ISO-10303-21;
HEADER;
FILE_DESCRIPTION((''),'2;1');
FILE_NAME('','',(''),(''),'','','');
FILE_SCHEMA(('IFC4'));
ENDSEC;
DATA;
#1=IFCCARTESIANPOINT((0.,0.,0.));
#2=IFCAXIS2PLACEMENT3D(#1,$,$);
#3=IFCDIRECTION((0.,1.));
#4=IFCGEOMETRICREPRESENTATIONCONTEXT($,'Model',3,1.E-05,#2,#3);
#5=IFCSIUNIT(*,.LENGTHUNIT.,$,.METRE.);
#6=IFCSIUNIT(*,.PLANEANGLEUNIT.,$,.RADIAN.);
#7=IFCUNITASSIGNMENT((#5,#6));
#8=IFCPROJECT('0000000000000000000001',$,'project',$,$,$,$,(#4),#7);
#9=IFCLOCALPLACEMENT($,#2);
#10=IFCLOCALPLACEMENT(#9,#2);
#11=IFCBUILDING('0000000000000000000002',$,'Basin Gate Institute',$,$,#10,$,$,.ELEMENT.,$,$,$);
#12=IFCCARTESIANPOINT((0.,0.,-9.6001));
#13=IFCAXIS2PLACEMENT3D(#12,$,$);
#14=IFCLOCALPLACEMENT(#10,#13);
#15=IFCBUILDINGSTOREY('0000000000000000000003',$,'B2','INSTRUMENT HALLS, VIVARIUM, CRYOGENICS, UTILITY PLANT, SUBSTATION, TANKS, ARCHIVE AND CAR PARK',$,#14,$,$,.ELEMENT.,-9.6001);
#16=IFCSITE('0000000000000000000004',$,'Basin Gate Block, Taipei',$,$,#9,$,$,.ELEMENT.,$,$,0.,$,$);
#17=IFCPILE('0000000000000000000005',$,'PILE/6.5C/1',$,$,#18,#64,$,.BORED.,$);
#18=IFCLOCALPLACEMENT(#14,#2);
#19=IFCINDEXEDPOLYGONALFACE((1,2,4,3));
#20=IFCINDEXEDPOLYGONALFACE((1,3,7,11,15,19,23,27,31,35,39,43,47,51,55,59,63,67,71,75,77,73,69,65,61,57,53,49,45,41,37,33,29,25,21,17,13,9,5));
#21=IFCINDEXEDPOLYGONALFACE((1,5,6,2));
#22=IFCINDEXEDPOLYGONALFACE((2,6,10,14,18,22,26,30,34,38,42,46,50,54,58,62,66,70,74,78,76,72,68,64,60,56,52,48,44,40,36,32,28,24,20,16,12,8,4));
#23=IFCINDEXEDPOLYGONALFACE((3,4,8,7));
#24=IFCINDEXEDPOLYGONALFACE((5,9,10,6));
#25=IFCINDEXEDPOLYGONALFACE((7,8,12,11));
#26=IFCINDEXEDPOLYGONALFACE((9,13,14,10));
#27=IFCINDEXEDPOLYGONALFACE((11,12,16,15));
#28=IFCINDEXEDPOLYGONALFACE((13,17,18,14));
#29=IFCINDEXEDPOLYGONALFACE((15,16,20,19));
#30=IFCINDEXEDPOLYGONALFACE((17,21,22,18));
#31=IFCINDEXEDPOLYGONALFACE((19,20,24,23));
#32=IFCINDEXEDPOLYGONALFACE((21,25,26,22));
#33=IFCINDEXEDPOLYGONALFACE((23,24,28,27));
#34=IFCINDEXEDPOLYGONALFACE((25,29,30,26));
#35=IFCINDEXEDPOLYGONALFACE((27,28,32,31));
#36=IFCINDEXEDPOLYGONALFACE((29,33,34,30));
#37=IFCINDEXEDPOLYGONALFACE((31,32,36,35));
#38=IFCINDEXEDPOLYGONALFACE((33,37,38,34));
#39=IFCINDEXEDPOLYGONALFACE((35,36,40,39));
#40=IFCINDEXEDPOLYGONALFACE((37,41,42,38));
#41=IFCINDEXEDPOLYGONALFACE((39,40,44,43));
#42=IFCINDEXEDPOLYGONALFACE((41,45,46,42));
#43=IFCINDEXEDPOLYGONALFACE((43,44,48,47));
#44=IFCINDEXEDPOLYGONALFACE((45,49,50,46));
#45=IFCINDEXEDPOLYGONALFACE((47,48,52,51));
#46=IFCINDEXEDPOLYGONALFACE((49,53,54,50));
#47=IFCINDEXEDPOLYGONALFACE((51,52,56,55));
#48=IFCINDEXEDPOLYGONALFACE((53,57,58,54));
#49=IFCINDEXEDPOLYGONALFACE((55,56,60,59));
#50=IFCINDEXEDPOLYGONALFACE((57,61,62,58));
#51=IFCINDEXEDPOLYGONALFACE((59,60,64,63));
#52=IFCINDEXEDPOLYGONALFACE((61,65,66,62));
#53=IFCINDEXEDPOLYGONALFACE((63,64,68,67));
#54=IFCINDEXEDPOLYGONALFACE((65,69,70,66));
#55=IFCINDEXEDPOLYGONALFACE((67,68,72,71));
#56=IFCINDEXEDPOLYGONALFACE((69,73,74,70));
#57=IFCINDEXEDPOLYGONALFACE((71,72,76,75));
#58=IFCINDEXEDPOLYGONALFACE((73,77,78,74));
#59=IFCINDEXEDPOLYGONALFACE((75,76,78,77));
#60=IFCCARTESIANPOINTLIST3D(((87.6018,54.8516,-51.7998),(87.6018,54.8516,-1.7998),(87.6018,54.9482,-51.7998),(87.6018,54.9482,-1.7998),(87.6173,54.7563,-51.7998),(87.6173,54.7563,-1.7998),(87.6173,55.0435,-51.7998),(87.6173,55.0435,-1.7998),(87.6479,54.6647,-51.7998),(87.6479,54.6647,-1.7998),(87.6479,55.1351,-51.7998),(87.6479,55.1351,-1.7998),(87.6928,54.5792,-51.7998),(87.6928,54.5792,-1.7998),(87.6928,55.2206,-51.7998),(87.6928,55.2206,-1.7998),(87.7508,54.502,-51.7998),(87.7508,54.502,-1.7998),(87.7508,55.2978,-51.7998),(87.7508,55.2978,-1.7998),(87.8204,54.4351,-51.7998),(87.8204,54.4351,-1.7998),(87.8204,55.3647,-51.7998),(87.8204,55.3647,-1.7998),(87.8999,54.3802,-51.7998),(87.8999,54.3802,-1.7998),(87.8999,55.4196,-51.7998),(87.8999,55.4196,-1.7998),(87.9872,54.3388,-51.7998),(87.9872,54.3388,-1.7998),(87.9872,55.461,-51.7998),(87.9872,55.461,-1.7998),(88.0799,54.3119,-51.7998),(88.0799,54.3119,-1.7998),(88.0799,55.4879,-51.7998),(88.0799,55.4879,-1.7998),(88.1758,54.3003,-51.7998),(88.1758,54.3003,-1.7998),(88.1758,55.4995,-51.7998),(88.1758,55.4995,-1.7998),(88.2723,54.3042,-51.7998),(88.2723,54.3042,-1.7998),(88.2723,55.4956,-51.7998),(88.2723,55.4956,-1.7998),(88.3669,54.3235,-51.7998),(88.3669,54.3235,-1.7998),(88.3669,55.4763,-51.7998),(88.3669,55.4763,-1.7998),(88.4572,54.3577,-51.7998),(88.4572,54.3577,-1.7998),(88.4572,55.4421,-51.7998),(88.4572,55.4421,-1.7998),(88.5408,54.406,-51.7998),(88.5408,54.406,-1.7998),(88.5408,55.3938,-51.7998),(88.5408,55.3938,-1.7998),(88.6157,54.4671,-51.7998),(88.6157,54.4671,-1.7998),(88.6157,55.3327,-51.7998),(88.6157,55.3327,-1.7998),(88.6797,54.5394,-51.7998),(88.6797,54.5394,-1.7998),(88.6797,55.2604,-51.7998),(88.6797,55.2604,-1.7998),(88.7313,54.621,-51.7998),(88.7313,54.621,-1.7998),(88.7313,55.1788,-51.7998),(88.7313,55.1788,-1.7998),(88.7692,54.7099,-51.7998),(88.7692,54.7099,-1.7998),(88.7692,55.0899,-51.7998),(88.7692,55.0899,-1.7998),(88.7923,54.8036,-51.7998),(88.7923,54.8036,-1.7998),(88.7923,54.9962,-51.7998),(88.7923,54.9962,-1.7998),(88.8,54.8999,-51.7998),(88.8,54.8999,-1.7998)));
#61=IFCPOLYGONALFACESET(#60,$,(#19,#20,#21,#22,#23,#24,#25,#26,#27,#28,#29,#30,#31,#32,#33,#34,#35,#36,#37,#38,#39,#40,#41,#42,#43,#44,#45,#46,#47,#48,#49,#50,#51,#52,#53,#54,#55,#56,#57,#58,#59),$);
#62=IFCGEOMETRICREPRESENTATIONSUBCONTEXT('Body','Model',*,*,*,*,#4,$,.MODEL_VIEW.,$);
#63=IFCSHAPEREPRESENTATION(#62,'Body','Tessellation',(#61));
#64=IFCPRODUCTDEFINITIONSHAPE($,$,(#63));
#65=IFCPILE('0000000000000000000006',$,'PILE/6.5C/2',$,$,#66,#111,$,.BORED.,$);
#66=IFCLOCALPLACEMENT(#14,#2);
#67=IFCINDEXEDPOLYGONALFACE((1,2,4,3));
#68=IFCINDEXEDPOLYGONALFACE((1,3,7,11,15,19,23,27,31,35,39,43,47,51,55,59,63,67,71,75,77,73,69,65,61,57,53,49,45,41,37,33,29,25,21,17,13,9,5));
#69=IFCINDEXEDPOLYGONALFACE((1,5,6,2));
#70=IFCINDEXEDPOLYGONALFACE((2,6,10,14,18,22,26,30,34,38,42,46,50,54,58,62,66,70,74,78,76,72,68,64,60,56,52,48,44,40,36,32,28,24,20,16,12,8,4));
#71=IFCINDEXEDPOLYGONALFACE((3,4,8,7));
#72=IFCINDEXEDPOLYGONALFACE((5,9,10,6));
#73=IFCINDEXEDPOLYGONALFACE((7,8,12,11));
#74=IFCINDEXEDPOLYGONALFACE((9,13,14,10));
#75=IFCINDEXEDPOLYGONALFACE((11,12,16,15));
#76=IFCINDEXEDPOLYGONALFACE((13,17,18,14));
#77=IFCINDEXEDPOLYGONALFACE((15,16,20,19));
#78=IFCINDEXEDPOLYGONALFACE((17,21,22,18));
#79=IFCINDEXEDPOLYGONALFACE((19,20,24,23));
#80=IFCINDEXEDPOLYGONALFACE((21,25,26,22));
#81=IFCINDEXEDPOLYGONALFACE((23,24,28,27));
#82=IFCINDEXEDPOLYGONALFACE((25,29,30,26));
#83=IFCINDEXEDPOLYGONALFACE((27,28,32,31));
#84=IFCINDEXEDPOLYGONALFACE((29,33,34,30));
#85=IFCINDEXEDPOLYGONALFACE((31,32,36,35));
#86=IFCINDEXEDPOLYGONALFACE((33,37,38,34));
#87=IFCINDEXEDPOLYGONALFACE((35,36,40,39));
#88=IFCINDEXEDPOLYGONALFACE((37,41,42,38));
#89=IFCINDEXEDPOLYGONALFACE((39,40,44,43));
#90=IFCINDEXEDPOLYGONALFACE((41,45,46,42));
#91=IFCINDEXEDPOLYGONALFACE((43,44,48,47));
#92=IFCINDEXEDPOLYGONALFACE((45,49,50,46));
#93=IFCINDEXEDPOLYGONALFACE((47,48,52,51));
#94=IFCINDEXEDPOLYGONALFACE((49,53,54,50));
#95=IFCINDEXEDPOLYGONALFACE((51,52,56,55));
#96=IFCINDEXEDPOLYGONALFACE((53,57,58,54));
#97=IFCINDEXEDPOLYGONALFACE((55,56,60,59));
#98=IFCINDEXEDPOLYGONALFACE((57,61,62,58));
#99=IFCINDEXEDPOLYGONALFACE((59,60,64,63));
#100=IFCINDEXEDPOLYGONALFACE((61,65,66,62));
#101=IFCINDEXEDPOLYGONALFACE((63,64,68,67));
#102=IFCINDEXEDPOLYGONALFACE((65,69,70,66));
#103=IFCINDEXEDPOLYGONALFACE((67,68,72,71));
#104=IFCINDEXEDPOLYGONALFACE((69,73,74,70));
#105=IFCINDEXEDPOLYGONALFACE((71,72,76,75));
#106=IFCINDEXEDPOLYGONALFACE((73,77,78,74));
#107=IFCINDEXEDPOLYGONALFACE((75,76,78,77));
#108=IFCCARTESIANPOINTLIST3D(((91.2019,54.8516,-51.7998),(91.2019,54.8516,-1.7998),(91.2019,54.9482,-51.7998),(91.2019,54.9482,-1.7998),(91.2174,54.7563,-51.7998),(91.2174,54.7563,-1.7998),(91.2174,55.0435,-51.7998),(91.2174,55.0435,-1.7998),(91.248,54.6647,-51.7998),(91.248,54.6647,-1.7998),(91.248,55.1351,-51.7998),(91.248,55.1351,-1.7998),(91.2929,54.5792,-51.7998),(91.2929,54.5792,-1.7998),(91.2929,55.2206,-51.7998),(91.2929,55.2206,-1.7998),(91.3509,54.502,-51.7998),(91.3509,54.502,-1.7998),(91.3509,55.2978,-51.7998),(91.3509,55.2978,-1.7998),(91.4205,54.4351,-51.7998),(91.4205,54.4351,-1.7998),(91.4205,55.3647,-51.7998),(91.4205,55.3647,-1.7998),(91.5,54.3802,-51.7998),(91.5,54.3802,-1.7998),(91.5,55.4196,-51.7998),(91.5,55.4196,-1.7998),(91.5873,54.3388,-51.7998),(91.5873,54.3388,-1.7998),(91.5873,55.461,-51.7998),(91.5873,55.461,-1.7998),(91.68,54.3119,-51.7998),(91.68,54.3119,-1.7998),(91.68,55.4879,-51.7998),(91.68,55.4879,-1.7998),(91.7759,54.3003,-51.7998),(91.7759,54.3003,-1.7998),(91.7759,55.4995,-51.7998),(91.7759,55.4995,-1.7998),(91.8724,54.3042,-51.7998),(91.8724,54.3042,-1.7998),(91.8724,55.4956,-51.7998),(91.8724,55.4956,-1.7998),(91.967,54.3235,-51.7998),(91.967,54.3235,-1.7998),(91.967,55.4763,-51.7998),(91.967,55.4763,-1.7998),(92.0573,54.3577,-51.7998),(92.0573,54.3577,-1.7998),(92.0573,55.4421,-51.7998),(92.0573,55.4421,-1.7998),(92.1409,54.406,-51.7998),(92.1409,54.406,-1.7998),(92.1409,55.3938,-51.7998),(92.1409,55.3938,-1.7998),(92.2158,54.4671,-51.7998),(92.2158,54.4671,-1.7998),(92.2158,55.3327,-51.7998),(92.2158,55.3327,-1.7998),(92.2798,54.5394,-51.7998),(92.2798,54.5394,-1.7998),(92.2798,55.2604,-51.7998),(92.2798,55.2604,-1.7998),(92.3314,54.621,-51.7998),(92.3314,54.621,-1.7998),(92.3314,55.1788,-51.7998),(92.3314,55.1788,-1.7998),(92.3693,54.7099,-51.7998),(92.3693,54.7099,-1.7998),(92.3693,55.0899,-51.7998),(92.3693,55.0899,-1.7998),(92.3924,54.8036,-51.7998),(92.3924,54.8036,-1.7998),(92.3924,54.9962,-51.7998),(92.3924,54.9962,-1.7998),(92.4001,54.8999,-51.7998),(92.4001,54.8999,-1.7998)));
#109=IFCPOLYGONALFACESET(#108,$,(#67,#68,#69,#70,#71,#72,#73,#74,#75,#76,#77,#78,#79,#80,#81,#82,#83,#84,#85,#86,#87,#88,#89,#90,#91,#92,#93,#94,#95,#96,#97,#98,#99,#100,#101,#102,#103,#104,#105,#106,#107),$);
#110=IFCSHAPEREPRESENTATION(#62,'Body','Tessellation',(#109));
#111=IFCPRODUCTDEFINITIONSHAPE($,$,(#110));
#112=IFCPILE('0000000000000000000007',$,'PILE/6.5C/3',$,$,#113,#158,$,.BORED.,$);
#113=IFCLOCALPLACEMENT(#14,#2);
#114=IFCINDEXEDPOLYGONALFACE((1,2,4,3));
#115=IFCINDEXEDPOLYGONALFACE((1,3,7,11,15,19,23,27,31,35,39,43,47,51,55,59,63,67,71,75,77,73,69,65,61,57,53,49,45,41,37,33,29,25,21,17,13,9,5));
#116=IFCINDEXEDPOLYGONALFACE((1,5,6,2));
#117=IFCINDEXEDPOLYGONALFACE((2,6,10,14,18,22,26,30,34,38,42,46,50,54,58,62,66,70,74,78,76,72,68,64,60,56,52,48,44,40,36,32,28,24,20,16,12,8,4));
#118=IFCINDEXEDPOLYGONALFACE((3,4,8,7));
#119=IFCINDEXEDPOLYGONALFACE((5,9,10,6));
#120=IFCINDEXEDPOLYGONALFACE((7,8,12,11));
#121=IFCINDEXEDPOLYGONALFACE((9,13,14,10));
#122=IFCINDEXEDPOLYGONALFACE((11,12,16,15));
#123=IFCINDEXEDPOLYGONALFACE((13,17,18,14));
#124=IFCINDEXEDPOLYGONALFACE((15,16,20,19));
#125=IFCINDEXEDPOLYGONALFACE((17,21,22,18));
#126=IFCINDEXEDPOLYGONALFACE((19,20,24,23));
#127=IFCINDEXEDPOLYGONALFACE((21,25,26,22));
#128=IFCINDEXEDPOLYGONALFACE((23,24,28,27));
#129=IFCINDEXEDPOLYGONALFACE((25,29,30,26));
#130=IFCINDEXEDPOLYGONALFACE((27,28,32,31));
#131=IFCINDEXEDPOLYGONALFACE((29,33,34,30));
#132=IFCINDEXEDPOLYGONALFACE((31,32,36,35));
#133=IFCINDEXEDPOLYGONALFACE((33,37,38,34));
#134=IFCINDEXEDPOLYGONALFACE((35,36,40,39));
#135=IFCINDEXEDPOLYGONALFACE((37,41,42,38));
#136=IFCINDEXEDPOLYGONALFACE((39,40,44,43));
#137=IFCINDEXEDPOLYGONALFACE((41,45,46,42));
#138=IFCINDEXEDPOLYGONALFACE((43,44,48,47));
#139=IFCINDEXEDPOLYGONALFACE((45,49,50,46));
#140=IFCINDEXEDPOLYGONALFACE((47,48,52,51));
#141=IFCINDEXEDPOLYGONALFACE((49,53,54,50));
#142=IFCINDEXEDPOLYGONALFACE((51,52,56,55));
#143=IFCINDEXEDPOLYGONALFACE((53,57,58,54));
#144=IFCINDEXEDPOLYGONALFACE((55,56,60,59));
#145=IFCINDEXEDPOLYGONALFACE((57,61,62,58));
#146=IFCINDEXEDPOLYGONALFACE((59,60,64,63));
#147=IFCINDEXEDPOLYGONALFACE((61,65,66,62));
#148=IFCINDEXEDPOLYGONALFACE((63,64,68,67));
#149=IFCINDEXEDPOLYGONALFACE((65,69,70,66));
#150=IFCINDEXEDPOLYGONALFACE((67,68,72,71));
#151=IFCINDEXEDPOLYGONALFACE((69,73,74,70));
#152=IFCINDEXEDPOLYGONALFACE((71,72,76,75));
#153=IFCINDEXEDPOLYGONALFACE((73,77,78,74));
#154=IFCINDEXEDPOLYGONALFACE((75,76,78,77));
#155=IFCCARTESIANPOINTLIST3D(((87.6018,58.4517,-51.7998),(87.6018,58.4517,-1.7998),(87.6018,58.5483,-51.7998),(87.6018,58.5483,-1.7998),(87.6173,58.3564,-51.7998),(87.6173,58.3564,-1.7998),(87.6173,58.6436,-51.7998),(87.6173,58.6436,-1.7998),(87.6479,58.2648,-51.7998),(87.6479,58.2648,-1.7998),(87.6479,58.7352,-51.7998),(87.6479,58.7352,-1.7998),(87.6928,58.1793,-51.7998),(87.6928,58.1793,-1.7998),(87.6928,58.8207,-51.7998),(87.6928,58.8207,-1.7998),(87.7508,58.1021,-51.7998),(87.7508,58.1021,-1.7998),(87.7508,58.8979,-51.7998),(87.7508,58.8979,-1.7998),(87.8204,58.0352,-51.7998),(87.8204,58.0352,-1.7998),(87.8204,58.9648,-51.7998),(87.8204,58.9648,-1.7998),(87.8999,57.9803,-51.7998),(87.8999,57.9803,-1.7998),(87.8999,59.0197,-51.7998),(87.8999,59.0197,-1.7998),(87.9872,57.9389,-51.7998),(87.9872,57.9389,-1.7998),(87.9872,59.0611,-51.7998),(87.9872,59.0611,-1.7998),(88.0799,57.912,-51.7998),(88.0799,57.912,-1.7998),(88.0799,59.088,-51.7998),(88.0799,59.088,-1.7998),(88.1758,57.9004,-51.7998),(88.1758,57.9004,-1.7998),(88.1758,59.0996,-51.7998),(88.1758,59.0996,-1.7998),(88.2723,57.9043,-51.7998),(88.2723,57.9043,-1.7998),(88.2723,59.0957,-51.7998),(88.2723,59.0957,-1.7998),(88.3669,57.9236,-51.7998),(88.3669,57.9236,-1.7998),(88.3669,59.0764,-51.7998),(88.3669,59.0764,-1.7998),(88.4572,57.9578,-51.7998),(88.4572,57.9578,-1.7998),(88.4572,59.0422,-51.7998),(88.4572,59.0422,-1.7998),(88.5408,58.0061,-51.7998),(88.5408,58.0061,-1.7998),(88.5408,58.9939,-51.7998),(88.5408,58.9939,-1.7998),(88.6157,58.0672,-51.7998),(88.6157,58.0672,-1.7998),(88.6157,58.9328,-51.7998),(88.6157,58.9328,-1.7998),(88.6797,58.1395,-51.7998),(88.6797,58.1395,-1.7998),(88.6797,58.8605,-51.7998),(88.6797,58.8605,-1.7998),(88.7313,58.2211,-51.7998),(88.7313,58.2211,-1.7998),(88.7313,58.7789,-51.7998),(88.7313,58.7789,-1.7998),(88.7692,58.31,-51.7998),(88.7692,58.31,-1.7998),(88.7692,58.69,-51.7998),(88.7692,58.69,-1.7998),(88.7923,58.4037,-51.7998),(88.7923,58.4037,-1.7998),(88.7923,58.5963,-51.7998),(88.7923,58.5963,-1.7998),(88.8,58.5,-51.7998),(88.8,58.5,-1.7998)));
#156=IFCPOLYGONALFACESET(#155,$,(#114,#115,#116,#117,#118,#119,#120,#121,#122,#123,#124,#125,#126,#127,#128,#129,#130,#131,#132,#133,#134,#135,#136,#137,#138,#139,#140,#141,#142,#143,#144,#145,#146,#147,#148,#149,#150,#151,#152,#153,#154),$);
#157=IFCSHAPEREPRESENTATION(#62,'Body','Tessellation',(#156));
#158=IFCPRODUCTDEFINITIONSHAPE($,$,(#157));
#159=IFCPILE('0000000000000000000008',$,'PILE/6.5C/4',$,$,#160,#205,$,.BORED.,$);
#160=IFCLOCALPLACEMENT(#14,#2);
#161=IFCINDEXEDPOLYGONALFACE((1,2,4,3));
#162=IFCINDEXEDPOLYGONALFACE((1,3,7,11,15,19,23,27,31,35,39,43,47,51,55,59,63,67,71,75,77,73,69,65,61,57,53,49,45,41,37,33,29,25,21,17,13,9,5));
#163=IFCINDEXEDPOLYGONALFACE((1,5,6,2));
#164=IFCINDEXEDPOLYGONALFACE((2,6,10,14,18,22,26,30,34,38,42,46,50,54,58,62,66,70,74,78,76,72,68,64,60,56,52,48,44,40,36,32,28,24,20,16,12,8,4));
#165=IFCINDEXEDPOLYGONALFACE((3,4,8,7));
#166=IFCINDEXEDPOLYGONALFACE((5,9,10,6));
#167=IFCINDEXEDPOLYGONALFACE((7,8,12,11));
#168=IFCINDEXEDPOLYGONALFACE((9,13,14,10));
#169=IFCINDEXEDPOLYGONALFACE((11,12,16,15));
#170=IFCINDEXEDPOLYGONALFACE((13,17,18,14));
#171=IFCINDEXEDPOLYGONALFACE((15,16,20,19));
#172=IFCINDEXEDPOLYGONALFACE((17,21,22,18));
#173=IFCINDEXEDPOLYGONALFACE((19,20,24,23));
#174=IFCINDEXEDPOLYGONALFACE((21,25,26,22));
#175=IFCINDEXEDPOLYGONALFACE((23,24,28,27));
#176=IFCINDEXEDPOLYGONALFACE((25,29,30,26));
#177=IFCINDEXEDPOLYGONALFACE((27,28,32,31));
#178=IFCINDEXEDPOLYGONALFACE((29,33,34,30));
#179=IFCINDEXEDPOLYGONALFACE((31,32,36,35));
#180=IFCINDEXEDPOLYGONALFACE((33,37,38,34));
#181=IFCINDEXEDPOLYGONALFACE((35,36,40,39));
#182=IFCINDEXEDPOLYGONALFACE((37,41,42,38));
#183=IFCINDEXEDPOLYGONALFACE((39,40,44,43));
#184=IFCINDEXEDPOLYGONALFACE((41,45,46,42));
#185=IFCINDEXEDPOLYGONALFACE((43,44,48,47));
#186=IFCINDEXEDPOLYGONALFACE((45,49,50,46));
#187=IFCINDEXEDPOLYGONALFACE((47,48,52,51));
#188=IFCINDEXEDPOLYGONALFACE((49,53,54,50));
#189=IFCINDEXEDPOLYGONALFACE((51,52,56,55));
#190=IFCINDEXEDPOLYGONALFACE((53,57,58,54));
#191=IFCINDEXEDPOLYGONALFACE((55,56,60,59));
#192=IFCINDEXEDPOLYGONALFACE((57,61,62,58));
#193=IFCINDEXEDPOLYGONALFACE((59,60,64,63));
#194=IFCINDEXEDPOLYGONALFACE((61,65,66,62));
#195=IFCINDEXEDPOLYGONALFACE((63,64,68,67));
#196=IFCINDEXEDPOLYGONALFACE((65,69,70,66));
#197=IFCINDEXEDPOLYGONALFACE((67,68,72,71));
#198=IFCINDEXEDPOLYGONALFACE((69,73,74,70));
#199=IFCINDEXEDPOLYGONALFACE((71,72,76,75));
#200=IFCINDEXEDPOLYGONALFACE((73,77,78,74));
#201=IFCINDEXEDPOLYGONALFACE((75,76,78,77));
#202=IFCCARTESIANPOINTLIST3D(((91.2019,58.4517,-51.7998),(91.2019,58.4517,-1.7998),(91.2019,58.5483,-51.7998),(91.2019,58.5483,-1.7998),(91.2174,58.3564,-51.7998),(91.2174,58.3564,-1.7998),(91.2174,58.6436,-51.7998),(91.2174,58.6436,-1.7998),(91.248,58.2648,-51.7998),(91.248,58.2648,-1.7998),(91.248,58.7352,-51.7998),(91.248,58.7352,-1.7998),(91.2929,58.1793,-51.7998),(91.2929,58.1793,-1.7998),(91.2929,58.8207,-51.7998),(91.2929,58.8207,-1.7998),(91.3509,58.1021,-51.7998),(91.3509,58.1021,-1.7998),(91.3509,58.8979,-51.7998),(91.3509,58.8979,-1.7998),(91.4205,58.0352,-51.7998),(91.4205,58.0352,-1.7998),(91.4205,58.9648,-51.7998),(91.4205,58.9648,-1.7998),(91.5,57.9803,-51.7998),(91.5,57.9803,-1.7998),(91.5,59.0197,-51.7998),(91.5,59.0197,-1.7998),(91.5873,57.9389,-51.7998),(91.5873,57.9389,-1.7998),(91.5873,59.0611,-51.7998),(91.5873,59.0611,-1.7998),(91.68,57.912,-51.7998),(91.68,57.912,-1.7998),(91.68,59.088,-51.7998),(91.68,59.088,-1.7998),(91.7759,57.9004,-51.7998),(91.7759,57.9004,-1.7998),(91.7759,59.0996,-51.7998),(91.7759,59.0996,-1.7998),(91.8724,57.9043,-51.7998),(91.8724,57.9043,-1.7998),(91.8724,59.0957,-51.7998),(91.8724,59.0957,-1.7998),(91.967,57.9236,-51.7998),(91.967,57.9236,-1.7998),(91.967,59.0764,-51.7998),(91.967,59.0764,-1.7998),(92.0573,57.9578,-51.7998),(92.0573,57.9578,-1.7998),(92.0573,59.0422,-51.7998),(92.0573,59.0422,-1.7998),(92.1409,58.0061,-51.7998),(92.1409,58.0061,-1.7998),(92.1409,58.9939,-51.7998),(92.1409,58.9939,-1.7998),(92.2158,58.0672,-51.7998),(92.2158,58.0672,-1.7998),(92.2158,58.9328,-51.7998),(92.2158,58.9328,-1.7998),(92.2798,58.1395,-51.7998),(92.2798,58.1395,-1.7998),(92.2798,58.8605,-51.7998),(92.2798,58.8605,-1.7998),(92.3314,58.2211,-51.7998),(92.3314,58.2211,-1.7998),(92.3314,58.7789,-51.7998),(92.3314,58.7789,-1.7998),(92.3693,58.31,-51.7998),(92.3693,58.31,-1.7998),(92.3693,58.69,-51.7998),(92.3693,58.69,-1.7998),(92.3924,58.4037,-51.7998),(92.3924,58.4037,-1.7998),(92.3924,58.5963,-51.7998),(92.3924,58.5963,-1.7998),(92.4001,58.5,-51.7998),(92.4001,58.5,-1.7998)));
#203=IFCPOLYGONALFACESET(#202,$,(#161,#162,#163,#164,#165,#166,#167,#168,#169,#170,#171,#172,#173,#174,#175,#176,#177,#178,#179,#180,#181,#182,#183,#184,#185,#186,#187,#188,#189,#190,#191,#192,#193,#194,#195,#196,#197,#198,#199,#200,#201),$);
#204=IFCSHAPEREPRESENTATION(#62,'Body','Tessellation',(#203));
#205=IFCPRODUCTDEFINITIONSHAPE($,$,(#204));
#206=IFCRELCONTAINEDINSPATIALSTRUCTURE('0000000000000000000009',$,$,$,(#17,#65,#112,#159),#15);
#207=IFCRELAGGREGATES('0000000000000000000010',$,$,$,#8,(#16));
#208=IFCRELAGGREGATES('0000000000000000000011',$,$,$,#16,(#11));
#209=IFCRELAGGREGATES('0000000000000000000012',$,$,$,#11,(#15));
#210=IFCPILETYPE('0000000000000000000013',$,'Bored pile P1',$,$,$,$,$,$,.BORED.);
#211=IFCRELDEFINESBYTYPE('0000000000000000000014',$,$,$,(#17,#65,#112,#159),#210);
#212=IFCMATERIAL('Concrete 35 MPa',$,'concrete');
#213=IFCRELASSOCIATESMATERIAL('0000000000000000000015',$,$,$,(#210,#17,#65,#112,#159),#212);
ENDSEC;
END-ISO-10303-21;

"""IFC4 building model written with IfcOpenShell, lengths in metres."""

from ifc_helpers import new_model, si_unit, direction, frame, origin, origin_2d, place, context, subcontext, project, spatial, circle, extrude, material, material_profile, profile_set, type_object, element, save


model = new_model("IFC4")

# Units and contexts
model_context = context("Model", 3, precision=1e-05, world=origin(), true_north=direction((0.0, 1.0)))
body_context = subcontext(model_context, "Body", "Model", "MODEL_VIEW")
ifc_project = project(units=[si_unit("LENGTHUNIT", "METRE"), si_unit("PLANEANGLEUNIT", "RADIAN")], contexts=[model_context])

# Site, building, storey
site_placement = place(None, origin())
site = spatial("IfcSite", under=ifc_project, at=site_placement, Name="Basin Gate Block, Taipei", CompositionType="ELEMENT", RefElevation=0.0)
building_placement = place(site_placement, origin())
building = spatial("IfcBuilding", under=site, at=building_placement, Name="Basin Gate Institute", CompositionType="ELEMENT")
storey_placement = place(building_placement, frame((0.0, 0.0, -9.6001)))
storey = spatial("IfcBuildingStorey", under=building, at=storey_placement, Name="B2", Description="INSTRUMENT HALLS, VIVARIUM, CRYOGENICS, UTILITY PLANT, SUBSTATION, TANKS, ARCHIVE AND CAR PARK", CompositionType="ELEMENT", Elevation=-9.6001)

# Piles
ifc_material_1 = material(Name="Concrete 35 MPa", Category="concrete")
ifc_material_profile_1 = material_profile(ifc_material_1, circle(Radius=0.6001, at=origin_2d()), Name="Bored pile P1 1200 dia")
ifc_profile_set_1 = profile_set([ifc_material_profile_1], Name="Concrete 35 MPa")
pile_type = type_object("IfcPileType", Name="Bored pile P1", PredefinedType="BORED", material=ifc_profile_set_1)
for number, where, z_axis, x_axis, name in (
    (1, (88.2, 54.8999, -1.7998), (0.0, 0.0, -1.0), (1.0, 0.0, 0.0), "PILE/6.5C/1"),
    (2, (91.8, 54.8999, -1.7998), (0.0, 0.0, -1.0), (1.0, 0.0, 0.0), "PILE/6.5C/2"),
    (3, (88.2, 58.5, -1.7998), (0.0, 0.0, -1.0), (1.0, 0.0, 0.0), "PILE/6.5C/3"),
    (4, (91.8, 58.5, -1.7998), (0.0, 0.0, -1.0), (1.0, 0.0, 0.0), "PILE/6.5C/4"),
):
    element("IfcPile", number, at=place(storey_placement, frame(where, z_axis=z_axis, x_axis=x_axis)), inside=storey, type_object=pile_type, material=ifc_profile_set_1, Name=name, PredefinedType="BORED", context=body_context, shape_type="SweptSolid", body=[
        extrude(circle(Radius=0.6001, at=origin_2d()), origin(), (0.0, 0.0, 1.0), 50.0),
    ])

save(model, "model.ifc")
